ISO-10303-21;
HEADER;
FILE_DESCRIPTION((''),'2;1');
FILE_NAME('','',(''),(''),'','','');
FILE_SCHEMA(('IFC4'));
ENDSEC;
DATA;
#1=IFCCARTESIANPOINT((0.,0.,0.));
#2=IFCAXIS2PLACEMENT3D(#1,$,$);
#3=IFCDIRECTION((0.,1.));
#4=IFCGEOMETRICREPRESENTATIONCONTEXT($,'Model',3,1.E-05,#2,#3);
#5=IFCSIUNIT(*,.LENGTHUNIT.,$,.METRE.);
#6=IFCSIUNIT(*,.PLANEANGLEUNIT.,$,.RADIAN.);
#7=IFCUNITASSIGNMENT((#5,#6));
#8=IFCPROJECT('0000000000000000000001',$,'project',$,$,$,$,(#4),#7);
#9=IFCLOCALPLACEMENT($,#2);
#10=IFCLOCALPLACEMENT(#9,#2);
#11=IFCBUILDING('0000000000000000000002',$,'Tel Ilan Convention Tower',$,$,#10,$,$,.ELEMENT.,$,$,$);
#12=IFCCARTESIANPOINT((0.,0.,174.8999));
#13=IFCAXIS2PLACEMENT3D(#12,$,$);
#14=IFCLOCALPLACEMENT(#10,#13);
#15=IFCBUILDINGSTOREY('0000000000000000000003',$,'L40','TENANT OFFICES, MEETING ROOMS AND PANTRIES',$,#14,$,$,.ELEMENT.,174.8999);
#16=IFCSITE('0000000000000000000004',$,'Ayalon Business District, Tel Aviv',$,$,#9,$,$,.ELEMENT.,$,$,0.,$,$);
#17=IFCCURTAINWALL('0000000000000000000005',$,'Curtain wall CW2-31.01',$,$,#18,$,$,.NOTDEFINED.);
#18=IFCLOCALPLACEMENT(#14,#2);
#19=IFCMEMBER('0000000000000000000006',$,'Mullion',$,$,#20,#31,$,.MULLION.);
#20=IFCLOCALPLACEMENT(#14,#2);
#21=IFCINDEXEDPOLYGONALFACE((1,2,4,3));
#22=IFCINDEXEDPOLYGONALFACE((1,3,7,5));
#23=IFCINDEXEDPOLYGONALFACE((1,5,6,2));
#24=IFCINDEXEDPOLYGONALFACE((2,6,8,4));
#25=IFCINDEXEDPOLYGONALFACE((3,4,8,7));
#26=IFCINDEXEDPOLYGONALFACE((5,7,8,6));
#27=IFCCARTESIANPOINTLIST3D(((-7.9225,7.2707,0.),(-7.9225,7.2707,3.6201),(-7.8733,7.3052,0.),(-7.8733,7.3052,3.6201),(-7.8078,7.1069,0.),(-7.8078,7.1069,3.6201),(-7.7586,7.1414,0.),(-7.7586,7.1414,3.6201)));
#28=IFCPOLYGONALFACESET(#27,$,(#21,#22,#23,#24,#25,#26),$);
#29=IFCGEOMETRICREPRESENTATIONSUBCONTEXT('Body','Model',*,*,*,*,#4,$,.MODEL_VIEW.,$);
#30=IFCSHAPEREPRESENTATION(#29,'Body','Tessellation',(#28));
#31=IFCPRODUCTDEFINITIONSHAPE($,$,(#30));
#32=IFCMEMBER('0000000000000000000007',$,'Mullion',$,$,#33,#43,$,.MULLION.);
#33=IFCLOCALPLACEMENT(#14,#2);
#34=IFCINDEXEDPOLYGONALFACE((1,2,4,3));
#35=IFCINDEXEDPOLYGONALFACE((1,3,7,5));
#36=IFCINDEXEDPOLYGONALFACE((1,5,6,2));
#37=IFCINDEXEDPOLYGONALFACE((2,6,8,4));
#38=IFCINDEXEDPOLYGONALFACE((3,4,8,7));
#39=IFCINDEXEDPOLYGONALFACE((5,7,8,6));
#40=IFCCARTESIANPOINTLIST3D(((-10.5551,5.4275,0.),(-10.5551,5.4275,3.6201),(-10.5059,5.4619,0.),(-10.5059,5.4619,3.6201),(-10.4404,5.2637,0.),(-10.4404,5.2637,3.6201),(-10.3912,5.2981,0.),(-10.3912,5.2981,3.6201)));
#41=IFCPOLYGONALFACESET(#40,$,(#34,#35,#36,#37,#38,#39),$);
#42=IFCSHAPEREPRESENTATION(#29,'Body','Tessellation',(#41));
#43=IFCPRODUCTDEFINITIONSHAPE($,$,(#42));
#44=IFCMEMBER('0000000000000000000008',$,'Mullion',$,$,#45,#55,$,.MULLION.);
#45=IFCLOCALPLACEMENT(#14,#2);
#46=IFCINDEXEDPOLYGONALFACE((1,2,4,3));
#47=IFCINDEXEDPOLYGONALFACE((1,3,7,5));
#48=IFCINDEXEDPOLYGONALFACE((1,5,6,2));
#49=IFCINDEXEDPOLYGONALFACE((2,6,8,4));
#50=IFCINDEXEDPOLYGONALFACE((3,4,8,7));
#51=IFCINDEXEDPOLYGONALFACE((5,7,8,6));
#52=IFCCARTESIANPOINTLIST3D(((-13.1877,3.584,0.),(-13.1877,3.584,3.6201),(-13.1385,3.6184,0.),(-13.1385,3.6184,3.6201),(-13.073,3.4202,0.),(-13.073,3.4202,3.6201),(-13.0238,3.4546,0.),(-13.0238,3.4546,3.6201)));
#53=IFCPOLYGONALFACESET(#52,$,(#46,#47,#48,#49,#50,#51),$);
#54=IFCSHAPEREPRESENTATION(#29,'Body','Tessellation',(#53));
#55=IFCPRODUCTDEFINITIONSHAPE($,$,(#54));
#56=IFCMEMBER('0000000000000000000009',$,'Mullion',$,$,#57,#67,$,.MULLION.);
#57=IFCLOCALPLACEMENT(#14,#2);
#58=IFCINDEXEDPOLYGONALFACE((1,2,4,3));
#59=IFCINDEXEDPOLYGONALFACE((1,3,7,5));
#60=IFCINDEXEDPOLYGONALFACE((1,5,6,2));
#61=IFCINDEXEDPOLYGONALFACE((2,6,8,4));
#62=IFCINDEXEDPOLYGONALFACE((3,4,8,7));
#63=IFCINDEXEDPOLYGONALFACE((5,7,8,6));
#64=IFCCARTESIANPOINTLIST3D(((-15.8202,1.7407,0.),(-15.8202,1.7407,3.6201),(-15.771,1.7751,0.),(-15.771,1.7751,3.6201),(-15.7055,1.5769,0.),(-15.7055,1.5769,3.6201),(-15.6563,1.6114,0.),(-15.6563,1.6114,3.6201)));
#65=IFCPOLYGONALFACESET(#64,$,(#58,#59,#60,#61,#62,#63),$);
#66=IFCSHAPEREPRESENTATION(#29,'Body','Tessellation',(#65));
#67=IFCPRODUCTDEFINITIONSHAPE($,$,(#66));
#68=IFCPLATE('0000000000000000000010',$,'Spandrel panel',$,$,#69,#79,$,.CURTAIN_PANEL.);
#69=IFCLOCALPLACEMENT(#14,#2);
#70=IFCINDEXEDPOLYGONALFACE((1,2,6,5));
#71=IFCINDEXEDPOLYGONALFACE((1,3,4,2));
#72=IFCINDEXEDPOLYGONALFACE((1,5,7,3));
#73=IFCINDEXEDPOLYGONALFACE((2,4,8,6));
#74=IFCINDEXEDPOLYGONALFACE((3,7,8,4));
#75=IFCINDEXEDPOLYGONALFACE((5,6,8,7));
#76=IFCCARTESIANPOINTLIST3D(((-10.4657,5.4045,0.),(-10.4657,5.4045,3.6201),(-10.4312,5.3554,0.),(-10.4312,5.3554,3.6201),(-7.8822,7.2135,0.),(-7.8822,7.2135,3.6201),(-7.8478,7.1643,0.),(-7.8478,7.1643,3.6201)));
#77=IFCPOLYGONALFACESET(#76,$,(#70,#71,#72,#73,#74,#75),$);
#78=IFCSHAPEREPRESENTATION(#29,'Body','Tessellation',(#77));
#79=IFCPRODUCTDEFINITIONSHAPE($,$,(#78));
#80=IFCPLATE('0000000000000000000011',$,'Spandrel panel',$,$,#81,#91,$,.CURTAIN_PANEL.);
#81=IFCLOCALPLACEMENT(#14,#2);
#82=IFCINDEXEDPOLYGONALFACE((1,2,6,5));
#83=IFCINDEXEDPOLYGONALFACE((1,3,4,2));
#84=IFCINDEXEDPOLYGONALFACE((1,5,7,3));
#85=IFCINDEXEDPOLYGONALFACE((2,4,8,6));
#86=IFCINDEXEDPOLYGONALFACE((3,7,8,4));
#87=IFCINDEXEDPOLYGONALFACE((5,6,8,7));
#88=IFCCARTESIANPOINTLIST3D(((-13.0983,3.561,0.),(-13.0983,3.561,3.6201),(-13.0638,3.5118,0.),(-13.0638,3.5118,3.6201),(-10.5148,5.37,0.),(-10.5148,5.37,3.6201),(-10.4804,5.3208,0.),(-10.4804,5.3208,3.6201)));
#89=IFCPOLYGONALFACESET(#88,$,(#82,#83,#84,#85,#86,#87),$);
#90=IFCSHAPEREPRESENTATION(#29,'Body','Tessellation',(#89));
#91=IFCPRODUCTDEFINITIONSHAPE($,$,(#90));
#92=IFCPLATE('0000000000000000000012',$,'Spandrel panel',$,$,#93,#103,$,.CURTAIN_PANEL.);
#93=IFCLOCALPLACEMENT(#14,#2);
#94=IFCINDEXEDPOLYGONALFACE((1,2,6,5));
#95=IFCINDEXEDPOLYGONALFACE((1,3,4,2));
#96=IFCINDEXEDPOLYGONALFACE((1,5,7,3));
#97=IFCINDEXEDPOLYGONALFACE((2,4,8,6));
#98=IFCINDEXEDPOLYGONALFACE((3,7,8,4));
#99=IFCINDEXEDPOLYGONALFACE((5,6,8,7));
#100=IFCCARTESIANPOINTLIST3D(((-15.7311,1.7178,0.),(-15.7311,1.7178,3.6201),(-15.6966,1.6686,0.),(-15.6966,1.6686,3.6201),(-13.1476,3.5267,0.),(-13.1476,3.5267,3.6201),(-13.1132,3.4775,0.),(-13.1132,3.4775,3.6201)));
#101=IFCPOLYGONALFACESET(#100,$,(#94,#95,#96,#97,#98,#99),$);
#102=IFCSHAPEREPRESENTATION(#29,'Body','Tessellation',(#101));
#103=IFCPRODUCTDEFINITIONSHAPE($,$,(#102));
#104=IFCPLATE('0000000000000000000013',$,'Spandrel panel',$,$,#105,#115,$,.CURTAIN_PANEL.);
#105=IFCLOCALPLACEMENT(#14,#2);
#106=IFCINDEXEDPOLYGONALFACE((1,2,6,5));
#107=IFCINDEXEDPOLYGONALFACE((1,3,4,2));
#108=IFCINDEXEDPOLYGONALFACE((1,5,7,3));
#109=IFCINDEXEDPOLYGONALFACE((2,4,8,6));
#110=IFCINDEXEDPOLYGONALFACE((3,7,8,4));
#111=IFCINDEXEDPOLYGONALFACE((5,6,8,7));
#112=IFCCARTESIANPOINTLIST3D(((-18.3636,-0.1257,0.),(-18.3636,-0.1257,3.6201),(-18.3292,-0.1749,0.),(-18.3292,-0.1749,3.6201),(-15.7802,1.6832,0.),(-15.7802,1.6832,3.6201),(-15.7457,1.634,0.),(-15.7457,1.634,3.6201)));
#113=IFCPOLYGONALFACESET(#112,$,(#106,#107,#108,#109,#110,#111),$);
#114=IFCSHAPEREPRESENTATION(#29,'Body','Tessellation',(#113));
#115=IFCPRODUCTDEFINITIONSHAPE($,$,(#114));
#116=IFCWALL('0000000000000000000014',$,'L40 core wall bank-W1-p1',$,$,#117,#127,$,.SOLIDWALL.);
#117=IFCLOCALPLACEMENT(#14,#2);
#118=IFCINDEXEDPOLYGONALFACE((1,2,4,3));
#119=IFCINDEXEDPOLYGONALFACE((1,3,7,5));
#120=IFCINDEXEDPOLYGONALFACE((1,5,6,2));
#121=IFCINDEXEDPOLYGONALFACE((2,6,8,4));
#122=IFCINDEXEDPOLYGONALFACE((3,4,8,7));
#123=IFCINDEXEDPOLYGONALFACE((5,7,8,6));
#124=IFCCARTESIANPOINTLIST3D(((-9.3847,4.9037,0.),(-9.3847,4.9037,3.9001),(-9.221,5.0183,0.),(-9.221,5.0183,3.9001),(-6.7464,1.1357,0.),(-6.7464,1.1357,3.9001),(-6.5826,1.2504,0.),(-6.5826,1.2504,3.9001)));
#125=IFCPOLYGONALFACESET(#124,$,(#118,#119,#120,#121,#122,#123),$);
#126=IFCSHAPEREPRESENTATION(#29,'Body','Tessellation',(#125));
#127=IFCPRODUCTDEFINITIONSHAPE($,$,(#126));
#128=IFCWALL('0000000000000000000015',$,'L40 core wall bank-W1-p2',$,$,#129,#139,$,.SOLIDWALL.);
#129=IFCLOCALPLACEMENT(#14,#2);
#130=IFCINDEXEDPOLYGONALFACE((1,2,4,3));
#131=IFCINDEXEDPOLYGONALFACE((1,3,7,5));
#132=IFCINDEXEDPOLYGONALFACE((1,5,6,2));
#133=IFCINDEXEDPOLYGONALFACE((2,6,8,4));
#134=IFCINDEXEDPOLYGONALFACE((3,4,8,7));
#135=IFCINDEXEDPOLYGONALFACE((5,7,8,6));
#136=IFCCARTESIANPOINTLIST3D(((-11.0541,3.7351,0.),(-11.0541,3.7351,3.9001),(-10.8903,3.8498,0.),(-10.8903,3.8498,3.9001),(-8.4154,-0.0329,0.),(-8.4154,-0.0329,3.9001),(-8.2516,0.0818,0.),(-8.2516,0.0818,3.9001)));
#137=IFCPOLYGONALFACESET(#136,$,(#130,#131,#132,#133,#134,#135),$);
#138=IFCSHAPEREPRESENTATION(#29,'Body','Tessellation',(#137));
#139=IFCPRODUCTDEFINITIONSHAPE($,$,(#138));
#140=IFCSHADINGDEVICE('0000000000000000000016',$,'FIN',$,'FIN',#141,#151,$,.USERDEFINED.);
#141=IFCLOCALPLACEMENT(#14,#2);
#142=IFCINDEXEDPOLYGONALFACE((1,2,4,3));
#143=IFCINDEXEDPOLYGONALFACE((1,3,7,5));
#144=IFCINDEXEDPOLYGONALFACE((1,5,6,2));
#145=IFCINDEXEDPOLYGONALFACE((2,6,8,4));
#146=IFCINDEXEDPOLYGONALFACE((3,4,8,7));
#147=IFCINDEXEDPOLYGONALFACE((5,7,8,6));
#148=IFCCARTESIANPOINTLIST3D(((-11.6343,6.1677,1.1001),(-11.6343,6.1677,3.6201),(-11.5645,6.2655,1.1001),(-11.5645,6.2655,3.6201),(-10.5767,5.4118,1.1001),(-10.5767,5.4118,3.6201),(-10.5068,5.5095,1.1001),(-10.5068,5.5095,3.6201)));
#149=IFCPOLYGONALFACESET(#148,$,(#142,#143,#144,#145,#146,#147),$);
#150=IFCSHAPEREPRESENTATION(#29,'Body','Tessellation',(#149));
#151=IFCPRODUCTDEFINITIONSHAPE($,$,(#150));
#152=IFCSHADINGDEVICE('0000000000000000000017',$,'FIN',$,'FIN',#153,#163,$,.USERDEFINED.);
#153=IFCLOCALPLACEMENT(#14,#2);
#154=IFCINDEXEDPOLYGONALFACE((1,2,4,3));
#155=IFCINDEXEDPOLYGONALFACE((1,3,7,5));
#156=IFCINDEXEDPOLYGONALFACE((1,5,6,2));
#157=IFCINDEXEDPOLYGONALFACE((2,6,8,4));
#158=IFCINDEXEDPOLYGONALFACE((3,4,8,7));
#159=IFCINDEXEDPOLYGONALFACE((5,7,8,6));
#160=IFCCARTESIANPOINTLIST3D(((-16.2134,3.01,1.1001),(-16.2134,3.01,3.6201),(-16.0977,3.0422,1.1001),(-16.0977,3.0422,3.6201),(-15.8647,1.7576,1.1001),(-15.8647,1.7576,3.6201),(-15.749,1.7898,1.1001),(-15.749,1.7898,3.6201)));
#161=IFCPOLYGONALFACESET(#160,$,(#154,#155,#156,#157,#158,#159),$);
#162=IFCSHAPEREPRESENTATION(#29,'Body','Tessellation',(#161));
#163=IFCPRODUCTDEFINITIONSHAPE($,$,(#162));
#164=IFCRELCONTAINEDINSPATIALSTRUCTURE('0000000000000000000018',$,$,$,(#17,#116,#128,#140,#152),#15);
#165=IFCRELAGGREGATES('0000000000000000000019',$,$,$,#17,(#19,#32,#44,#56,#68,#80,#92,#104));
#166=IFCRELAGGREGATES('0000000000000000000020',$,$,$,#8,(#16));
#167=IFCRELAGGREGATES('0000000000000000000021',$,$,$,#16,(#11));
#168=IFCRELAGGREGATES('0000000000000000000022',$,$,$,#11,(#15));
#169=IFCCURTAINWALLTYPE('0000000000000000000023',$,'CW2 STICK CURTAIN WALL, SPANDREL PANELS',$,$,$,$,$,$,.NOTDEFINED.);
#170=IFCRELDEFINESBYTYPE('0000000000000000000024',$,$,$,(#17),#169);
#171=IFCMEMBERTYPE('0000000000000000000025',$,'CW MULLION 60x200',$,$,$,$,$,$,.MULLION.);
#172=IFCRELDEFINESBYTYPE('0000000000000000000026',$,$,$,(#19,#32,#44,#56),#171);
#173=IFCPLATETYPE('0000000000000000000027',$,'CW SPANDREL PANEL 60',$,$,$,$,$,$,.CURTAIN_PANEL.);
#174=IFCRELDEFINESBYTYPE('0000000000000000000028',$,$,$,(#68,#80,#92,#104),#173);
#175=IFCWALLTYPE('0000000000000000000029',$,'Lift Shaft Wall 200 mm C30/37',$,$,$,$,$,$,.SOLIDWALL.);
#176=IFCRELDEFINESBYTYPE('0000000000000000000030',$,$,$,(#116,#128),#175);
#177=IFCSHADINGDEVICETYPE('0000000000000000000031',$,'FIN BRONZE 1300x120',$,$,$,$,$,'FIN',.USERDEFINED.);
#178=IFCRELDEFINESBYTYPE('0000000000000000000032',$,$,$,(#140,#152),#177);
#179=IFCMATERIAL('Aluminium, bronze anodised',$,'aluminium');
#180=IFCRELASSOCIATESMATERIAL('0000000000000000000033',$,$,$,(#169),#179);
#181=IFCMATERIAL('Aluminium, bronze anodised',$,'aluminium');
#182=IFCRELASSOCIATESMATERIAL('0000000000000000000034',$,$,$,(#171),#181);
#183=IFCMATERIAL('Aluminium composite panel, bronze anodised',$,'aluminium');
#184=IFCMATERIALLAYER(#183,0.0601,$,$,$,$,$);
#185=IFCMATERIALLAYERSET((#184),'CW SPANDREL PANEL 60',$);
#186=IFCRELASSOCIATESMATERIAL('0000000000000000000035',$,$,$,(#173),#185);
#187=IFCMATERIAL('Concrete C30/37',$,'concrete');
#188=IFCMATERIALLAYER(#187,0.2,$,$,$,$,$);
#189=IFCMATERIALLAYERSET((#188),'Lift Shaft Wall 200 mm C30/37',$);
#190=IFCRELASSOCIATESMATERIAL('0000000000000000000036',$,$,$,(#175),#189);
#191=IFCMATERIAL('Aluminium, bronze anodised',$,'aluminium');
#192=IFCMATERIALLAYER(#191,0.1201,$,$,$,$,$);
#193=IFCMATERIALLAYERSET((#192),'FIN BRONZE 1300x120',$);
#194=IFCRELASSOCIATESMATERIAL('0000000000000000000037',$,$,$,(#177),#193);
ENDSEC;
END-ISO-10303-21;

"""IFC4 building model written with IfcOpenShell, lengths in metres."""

from ifc_helpers import new_model, si_unit, direction, frame, frame_2d, origin, origin_2d, place, context, subcontext, project, spatial, rectangle, extrude, material, layer, layer_set, material_profile, profile_set, type_object, element, aggregate, save


model = new_model("IFC4")

# Units and contexts
model_context = context("Model", 3, precision=1e-05, world=origin(), true_north=direction((0.0, 1.0)))
body_context = subcontext(model_context, "Body", "Model", "MODEL_VIEW")
ifc_project = project(units=[si_unit("LENGTHUNIT", "METRE"), si_unit("PLANEANGLEUNIT", "RADIAN")], contexts=[model_context])

# Site, building, storey
site_placement = place(None, origin())
site = spatial("IfcSite", under=ifc_project, at=site_placement, Name="Ayalon Business District, Tel Aviv", CompositionType="ELEMENT", RefElevation=0.0)
building_placement = place(site_placement, origin())
building = spatial("IfcBuilding", under=site, at=building_placement, Name="Tel Ilan Convention Tower", CompositionType="ELEMENT")
storey_placement = place(building_placement, frame((0.0, 0.0, 174.8999)))
storey = spatial("IfcBuildingStorey", under=building, at=storey_placement, Name="L40", Description="TENANT OFFICES, MEETING ROOMS AND PANTRIES", CompositionType="ELEMENT", Elevation=174.8999)

# Curtain wall, members, plates
ifc_material_1 = material(Name="Aluminium, bronze anodised", Category="aluminium")
curtain_wall_type = type_object("IfcCurtainWallType", Name="CW2 STICK CURTAIN WALL, SPANDREL PANELS", PredefinedType="NOTDEFINED", material=ifc_material_1)
curtain_wall_placement = place(storey_placement, origin())
curtain_wall = element("IfcCurtainWall", 1, at=curtain_wall_placement, inside=storey, type_object=curtain_wall_type, Name="Curtain wall CW2-31.01", PredefinedType="NOTDEFINED")
ifc_material_2 = material(Name="Aluminium, bronze anodised", Category="aluminium")
ifc_material_profile = material_profile(ifc_material_2, rectangle(XDim=0.0601, YDim=0.2, at=origin_2d()), Name="CW MULLION 60x200")
ifc_profile_set = profile_set([ifc_material_profile], Name="Aluminium, bronze anodised")
member_type = type_object("IfcMemberType", Name="CW MULLION 60x200", PredefinedType="MULLION", material=ifc_profile_set)
member_1_placement = place(storey_placement, frame((-7.8406, 7.2061, 0.0), z_axis=(0.0, 0.0, 1.0), x_axis=(-0.819152, -0.573576, 0.0)))
member_1 = element("IfcMember", 2, at=member_1_placement, type_object=member_type, Name="Mullion", PredefinedType="MULLION", context=body_context, shape_type="SweptSolid", body=[
    extrude(rectangle(XDim=0.0601, YDim=0.2, at=origin_2d()), origin(), (0.0, 0.0, 1.0), 3.6201),
])
member_2_placement = place(storey_placement, frame((-10.4731, 5.3628, 0.0), z_axis=(0.0, 0.0, 1.0), x_axis=(-0.819152, -0.573576, 0.0)))
member_2 = element("IfcMember", 3, at=member_2_placement, type_object=member_type, Name="Mullion", PredefinedType="MULLION", context=body_context, shape_type="SweptSolid", body=[
    extrude(rectangle(XDim=0.0601, YDim=0.2, at=origin_2d()), origin(), (0.0, 0.0, 1.0), 3.6201),
])
member_3_placement = place(storey_placement, frame((-13.1057, 3.5193, 0.0), z_axis=(0.0, 0.0, 1.0), x_axis=(-0.819152, -0.573576, 0.0)))
member_3 = element("IfcMember", 4, at=member_3_placement, type_object=member_type, Name="Mullion", PredefinedType="MULLION", context=body_context, shape_type="SweptSolid", body=[
    extrude(rectangle(XDim=0.0601, YDim=0.2, at=origin_2d()), origin(), (0.0, 0.0, 1.0), 3.6201),
])
member_4_placement = place(storey_placement, frame((-15.7383, 1.676, 0.0), z_axis=(0.0, 0.0, 1.0), x_axis=(-0.819152, -0.573576, 0.0)))
member_4 = element("IfcMember", 5, at=member_4_placement, type_object=member_type, Name="Mullion", PredefinedType="MULLION", context=body_context, shape_type="SweptSolid", body=[
    extrude(rectangle(XDim=0.0601, YDim=0.2, at=origin_2d()), origin(), (0.0, 0.0, 1.0), 3.6201),
])
ifc_material_3 = material(Name="Aluminium composite panel, bronze anodised", Category="aluminium")
ifc_layer_1 = layer(ifc_material_3, 0.0601)
ifc_layer_set_1 = layer_set([ifc_layer_1], Name="CW SPANDREL PANEL 60")
plate_type = type_object("IfcPlateType", Name="CW SPANDREL PANEL 60", PredefinedType="CURTAIN_PANEL", material=ifc_layer_set_1)
plate_1_placement = place(storey_placement, frame((-9.1567, 6.2844, 0.0), z_axis=(0.0, 0.0, 1.0), x_axis=(-0.819152, -0.573576, 0.0)))
plate_1 = element("IfcPlate", 6, at=plate_1_placement, type_object=plate_type, Name="Spandrel panel", PredefinedType="CURTAIN_PANEL", context=body_context, shape_type="SweptSolid", body=[
    extrude(rectangle(XDim=3.1538, YDim=0.0601, at=origin_2d()), origin(), (0.0, 0.0, 1.0), 3.6201),
])
plate_2_placement = place(storey_placement, frame((-11.7893, 4.4409, 0.0), z_axis=(0.0, 0.0, 1.0), x_axis=(-0.819152, -0.573576, 0.0)))
plate_2 = element("IfcPlate", 7, at=plate_2_placement, type_object=plate_type, Name="Spandrel panel", PredefinedType="CURTAIN_PANEL", context=body_context, shape_type="SweptSolid", body=[
    extrude(rectangle(XDim=3.1538, YDim=0.0601, at=origin_2d()), origin(), (0.0, 0.0, 1.0), 3.6201),
])
plate_3_placement = place(storey_placement, frame((-14.4221, 2.5977, 0.0), z_axis=(0.0, 0.0, 1.0), x_axis=(-0.819152, -0.573576, 0.0)))
plate_3 = element("IfcPlate", 8, at=plate_3_placement, type_object=plate_type, Name="Spandrel panel", PredefinedType="CURTAIN_PANEL", context=body_context, shape_type="SweptSolid", body=[
    extrude(rectangle(XDim=3.1538, YDim=0.0601, at=origin_2d()), origin(), (0.0, 0.0, 1.0), 3.6201),
])
plate_4_placement = place(storey_placement, frame((-17.0547, 0.7542, 0.0), z_axis=(0.0, 0.0, 1.0), x_axis=(-0.819152, -0.573576, 0.0)))
plate_4 = element("IfcPlate", 9, at=plate_4_placement, type_object=plate_type, Name="Spandrel panel", PredefinedType="CURTAIN_PANEL", context=body_context, shape_type="SweptSolid", body=[
    extrude(rectangle(XDim=3.1538, YDim=0.0601, at=origin_2d()), origin(), (0.0, 0.0, 1.0), 3.6201),
])
aggregate(curtain_wall, [member_1, member_2, member_3, member_4, plate_1, plate_2, plate_3, plate_4])

# Walls
ifc_material_4 = material(Name="Concrete C30/37", Category="concrete")
ifc_layer_2 = layer(ifc_material_4, 0.2)
ifc_layer_set_2 = layer_set([ifc_layer_2], Name="Lift Shaft Wall 200 mm C30/37")
wall_type = type_object("IfcWallType", Name="Lift Shaft Wall 200 mm C30/37", PredefinedType="SOLIDWALL", material=ifc_layer_set_2)
wall_1_placement = place(storey_placement, frame((-6.6646, 1.1931, 0.0), z_axis=(0.0, 0.0, 1.0), x_axis=(-0.573576, 0.819152, 0.0)))
element("IfcWall", 10, at=wall_1_placement, inside=storey, type_object=wall_type, Name="L40 core wall bank-W1-p1", PredefinedType="SOLIDWALL", context=body_context, shape_type="SweptSolid", body=[
    extrude(rectangle(XDim=4.5999, YDim=0.2, at=frame_2d((2.2998, 0.0))), origin(), (0.0, 0.0, 1.0), 3.9001),
])
wall_2_placement = place(storey_placement, frame((-8.3335, 0.0244, 0.0), z_axis=(0.0, 0.0, 1.0), x_axis=(-0.573612, 0.819127, 0.0)))
element("IfcWall", 11, at=wall_2_placement, inside=storey, type_object=wall_type, Name="L40 core wall bank-W1-p2", PredefinedType="SOLIDWALL", context=body_context, shape_type="SweptSolid", body=[
    extrude(rectangle(XDim=4.6001, YDim=0.2, at=frame_2d((2.3, 0.0))), origin(), (0.0, 0.0, 1.0), 3.9001),
])

# Shading devices
ifc_material_5 = material(Name="Aluminium, bronze anodised", Category="aluminium")
ifc_layer_3 = layer(ifc_material_5, 0.1201)
ifc_layer_set_3 = layer_set([ifc_layer_3], Name="FIN BRONZE 1300x120")
shading_device_type = type_object("IfcShadingDeviceType", Name="FIN BRONZE 1300x120", ElementType="FIN", PredefinedType="USERDEFINED", material=ifc_layer_set_3)
for number, where, z_axis, x_axis, name in (
    (12, (-11.0706, 5.8386, 1.1001), (0.0, 0.0, 1.0), (-0.813552, 0.581492, 0.0), "FIN"),
    (13, (-15.9812, 2.3999, 1.1001), (0.0, 0.0, 1.0), (-0.268173, 0.963371, 0.0), "FIN"),
):
    element("IfcShadingDevice", number, at=place(storey_placement, frame(where, z_axis=z_axis, x_axis=x_axis)), inside=storey, type_object=shading_device_type, Name=name, ObjectType="FIN", PredefinedType="USERDEFINED", context=body_context, shape_type="SweptSolid", body=[
        extrude(rectangle(XDim=1.3, YDim=0.1201, at=origin_2d()), origin(), (0.0, 0.0, 1.0), 2.52),
    ])

save(model, "model.ifc")
